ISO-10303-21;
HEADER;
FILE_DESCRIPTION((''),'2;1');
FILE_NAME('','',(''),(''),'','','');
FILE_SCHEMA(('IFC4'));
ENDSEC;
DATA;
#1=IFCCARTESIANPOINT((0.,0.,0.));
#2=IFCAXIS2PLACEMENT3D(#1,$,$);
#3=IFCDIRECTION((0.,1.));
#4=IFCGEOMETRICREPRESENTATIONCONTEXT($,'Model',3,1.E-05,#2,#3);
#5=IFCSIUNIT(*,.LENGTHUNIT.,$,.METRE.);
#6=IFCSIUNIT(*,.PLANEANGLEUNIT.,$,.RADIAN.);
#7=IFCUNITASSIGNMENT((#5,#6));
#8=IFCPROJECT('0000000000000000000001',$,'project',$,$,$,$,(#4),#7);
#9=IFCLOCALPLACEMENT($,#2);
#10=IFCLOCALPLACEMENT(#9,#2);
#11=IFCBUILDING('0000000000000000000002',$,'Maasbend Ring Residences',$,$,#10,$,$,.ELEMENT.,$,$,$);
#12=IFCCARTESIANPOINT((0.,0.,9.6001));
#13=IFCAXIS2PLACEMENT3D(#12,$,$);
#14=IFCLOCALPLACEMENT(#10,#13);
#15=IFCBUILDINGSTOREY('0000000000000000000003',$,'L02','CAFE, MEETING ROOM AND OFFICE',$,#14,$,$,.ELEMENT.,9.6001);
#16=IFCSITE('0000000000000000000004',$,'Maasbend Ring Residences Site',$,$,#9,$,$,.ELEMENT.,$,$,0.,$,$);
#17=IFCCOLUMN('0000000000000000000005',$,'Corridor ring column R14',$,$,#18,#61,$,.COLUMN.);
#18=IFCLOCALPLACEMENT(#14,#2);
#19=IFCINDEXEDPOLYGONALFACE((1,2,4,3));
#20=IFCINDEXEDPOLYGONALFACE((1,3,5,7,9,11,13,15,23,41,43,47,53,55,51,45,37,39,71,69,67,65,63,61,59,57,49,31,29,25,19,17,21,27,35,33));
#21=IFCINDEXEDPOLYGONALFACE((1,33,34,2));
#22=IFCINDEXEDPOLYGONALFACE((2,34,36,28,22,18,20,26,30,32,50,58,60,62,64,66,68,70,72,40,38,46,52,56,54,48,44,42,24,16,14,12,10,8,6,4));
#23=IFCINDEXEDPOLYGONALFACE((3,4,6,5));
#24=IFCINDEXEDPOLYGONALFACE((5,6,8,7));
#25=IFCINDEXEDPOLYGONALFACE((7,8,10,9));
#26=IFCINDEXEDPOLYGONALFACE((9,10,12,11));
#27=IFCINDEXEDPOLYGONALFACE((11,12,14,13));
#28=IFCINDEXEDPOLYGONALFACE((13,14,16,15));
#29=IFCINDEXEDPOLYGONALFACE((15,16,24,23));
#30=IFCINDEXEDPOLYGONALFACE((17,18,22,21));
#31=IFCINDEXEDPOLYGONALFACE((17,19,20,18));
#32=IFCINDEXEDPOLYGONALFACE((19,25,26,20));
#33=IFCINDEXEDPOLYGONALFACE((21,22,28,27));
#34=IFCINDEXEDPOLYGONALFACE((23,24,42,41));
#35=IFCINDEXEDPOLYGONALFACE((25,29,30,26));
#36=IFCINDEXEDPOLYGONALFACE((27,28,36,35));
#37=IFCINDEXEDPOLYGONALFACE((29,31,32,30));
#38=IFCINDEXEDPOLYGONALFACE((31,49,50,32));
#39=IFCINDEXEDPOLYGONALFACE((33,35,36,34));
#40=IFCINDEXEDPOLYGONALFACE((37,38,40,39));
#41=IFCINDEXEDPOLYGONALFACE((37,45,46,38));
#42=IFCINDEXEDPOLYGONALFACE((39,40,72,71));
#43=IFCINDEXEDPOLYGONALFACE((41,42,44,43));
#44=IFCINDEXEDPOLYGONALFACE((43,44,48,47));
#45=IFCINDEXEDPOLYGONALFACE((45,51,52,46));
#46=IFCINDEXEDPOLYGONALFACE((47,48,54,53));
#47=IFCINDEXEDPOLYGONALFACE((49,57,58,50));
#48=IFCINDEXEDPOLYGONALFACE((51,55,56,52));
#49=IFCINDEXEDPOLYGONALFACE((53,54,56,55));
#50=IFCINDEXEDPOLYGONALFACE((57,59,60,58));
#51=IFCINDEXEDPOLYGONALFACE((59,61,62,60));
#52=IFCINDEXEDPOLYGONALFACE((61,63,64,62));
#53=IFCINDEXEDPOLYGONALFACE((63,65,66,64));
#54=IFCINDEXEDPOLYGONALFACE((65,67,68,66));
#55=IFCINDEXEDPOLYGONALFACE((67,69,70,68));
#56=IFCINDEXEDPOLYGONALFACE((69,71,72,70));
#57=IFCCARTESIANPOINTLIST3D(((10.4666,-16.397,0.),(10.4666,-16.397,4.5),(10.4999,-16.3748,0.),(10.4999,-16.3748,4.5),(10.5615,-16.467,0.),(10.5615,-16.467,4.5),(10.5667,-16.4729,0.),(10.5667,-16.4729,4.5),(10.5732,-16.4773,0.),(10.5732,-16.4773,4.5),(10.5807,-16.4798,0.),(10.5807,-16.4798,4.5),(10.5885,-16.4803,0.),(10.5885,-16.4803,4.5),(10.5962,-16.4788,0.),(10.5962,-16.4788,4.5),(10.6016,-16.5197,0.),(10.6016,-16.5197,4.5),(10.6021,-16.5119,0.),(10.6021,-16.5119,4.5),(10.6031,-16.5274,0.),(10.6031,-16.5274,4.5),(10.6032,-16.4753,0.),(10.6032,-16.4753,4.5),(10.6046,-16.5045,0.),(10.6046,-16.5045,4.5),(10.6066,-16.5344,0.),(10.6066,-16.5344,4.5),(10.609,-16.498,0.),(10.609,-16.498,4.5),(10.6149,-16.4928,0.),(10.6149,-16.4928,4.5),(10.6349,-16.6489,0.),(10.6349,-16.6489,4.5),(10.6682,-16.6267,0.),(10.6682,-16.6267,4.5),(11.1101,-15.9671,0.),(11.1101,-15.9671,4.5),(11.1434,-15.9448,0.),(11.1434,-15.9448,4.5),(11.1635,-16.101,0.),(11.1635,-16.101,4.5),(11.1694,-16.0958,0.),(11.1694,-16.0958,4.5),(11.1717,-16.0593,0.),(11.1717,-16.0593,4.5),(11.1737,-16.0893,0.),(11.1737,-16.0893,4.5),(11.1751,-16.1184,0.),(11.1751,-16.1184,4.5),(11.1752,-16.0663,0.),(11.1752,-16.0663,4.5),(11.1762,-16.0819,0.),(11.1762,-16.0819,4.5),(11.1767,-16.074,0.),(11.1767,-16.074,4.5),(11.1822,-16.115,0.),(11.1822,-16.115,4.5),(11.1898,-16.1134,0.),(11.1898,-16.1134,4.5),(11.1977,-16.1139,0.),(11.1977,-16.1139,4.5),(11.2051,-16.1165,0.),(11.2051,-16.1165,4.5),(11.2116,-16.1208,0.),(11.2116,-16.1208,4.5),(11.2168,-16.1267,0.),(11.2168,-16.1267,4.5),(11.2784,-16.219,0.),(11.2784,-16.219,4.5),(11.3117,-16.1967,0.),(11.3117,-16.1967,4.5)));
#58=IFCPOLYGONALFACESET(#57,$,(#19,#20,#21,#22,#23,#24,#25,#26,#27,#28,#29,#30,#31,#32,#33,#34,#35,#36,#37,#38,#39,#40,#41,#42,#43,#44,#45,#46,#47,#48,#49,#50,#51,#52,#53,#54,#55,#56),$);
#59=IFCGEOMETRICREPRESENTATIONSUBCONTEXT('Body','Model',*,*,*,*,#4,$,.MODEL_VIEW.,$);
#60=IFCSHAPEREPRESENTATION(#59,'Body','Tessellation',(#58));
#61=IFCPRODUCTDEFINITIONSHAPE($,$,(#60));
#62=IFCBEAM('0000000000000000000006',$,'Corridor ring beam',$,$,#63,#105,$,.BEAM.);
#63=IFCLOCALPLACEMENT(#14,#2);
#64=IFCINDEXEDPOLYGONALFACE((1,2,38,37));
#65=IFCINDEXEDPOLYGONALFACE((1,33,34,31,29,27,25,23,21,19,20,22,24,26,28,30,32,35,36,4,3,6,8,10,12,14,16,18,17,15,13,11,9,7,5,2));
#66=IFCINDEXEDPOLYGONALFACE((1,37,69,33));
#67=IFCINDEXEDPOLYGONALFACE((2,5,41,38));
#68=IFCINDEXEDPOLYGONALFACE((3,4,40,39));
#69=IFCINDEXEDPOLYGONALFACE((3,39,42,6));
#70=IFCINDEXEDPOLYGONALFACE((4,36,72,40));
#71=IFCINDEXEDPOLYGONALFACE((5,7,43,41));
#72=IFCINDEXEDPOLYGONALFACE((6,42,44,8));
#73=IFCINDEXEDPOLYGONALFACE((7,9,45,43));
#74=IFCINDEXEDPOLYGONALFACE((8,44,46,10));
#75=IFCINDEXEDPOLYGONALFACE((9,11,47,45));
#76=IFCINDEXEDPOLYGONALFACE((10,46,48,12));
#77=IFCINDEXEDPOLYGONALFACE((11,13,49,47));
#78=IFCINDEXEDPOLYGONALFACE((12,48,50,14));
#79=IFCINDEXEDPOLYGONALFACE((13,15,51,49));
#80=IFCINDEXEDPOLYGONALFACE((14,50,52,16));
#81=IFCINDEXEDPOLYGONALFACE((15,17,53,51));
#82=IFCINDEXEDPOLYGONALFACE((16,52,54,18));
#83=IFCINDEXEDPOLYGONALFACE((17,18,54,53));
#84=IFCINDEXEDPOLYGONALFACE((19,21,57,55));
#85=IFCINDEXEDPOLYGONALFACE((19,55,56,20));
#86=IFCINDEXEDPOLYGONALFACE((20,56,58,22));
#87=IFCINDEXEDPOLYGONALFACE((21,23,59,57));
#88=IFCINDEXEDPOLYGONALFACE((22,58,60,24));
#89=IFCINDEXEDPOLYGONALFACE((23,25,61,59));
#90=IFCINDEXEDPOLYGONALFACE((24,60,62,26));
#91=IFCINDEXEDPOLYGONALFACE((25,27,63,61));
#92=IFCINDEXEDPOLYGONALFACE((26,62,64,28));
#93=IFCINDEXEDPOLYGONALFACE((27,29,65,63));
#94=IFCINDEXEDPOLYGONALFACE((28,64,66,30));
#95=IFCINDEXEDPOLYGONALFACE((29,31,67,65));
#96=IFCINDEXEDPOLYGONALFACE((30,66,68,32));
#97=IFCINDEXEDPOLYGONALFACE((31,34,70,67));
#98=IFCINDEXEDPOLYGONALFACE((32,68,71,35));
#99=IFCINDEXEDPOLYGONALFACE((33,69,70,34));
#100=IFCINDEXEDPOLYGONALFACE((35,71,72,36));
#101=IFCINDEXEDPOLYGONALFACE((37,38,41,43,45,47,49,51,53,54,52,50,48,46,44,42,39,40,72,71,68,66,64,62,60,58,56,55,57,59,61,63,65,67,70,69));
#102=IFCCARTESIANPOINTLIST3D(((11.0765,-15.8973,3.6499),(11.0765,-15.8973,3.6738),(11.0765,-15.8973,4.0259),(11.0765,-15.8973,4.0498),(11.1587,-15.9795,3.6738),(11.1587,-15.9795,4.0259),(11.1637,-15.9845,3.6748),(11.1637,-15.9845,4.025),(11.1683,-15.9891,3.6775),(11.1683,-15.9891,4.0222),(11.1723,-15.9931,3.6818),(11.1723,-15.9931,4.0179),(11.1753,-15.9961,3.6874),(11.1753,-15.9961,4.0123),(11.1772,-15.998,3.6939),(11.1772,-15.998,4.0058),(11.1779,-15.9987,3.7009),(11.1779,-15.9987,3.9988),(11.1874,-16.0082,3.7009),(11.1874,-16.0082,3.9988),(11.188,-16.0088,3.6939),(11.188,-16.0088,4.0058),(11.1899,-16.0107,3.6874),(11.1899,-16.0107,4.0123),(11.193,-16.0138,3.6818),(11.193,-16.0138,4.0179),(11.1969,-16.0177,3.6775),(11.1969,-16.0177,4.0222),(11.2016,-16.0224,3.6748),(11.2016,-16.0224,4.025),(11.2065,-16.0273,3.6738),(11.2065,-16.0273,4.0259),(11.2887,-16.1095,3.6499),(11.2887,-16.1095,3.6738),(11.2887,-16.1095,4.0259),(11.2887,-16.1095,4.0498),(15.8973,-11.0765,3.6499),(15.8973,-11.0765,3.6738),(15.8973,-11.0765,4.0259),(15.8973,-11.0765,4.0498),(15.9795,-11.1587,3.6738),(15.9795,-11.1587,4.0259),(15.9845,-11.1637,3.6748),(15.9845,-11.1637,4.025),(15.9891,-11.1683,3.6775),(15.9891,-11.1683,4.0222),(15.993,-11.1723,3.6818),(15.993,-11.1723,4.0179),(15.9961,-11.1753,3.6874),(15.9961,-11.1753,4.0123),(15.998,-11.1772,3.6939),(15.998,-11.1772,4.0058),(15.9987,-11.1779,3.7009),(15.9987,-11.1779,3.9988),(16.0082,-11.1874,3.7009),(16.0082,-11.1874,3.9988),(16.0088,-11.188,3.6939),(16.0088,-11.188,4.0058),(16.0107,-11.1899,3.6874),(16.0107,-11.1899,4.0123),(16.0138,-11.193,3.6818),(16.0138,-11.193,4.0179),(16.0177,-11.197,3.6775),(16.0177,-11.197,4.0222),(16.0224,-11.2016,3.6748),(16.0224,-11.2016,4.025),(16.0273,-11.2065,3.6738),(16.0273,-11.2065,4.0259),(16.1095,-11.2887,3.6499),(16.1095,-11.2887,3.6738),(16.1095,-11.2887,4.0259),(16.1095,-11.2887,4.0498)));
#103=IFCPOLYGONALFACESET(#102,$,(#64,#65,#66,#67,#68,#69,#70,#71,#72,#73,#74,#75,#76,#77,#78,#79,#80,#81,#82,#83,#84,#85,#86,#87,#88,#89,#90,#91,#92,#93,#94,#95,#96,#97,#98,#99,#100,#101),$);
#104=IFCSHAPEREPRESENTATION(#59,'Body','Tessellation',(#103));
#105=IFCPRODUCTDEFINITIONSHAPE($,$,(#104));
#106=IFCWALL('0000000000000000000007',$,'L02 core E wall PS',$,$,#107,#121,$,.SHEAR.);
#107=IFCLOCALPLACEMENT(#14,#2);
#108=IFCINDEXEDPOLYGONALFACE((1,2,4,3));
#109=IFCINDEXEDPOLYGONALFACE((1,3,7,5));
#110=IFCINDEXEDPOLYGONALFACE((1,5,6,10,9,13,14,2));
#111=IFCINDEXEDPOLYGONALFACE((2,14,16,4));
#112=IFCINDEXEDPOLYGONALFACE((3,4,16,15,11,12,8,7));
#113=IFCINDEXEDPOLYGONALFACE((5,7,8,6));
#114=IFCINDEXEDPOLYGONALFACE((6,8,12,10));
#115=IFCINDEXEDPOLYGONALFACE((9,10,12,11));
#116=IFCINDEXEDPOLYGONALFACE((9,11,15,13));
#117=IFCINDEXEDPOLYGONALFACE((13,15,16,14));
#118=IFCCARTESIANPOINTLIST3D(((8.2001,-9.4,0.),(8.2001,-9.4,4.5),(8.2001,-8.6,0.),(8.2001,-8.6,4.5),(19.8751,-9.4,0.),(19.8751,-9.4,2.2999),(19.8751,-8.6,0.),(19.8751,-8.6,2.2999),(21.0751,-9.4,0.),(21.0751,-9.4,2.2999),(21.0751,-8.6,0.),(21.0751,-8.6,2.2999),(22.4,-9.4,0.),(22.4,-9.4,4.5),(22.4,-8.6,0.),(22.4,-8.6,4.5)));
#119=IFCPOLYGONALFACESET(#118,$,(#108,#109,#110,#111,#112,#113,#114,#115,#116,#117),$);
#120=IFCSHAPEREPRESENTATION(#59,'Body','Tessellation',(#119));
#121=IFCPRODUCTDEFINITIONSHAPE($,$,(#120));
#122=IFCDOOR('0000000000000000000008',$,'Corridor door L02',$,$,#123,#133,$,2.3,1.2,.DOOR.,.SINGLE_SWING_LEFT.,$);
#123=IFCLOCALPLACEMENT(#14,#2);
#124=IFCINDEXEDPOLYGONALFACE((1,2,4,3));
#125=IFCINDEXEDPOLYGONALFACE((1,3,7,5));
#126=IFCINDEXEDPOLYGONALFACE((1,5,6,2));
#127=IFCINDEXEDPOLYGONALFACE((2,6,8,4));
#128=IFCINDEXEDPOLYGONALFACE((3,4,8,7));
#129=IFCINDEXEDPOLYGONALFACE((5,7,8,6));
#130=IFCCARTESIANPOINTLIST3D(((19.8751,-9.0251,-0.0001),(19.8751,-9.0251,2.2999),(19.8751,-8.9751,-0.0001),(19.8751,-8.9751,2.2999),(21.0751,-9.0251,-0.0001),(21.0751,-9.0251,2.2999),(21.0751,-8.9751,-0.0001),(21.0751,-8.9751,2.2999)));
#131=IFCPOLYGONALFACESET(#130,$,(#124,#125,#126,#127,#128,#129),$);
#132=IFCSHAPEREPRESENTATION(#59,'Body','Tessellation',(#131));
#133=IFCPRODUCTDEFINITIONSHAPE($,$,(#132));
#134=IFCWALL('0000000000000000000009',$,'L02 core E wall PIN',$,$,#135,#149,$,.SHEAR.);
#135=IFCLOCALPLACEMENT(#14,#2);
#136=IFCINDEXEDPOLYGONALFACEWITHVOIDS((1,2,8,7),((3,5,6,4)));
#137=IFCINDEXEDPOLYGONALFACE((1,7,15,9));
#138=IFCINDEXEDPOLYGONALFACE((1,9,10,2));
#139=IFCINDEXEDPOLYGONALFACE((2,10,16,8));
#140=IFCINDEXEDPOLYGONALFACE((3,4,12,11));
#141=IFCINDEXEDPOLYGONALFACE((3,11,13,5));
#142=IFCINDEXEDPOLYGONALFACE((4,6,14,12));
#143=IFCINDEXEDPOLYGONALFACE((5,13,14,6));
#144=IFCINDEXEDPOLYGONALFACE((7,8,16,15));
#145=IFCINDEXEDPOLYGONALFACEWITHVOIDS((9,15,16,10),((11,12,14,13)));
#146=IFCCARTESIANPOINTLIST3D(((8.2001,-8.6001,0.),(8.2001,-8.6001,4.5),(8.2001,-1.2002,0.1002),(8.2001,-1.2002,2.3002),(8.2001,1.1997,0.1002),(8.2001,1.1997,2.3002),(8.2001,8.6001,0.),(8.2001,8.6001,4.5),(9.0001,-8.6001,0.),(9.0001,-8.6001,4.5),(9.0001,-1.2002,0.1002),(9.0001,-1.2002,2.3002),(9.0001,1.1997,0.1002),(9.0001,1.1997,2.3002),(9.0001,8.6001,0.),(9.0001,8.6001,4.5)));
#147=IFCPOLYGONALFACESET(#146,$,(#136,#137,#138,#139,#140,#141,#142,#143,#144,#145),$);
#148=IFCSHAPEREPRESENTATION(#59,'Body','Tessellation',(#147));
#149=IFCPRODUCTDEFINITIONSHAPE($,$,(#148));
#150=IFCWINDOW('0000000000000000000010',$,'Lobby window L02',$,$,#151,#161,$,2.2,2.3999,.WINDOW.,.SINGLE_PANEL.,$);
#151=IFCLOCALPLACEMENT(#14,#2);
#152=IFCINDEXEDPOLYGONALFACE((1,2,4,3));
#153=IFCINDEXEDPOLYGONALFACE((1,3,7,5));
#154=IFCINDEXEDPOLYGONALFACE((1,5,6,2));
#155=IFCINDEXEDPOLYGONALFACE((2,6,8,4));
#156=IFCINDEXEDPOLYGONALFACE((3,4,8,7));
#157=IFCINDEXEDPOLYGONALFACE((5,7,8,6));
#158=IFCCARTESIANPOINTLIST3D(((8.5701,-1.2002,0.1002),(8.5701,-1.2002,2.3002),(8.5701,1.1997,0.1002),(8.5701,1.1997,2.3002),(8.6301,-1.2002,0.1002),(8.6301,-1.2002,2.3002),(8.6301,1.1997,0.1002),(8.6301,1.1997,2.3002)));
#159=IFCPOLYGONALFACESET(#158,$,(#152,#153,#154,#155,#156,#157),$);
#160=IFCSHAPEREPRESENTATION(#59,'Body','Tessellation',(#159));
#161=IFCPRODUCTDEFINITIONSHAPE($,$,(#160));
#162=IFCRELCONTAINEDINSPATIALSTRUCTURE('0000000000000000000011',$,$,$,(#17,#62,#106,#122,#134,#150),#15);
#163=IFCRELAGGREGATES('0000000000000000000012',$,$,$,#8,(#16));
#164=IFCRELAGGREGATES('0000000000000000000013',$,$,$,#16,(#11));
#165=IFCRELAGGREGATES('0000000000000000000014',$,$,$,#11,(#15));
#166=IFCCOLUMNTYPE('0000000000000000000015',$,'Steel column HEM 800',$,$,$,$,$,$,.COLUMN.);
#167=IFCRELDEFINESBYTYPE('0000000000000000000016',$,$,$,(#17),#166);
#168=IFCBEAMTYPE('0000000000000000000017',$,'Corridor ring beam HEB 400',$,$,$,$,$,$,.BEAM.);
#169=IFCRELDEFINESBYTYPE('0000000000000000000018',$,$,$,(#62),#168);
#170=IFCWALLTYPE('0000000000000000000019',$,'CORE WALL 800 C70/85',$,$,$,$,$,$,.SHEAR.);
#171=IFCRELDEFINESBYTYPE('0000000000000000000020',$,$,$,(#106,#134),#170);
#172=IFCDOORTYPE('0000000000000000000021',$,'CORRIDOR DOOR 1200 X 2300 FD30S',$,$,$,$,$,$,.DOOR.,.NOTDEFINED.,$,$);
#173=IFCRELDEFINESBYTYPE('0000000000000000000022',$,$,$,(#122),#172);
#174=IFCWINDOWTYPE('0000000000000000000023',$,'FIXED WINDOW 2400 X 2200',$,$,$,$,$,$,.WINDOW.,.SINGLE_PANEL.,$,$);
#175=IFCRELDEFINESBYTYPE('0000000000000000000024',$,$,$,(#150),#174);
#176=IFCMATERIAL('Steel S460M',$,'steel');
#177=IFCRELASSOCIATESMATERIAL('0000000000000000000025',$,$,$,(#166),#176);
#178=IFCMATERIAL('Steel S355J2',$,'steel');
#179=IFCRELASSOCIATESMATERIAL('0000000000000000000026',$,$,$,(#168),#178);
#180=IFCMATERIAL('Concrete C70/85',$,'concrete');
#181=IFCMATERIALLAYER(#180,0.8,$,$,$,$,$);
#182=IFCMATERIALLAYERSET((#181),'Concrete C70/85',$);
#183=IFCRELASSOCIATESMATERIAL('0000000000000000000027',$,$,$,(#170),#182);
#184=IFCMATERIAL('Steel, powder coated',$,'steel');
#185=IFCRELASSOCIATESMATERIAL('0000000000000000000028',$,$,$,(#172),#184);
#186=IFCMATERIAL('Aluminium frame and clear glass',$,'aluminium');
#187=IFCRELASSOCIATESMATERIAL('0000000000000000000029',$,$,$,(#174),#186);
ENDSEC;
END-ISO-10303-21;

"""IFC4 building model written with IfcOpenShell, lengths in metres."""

from ifc_helpers import new_model, si_unit, direction, frame, frame_2d, origin, origin_2d, place, context, subcontext, project, spatial, rectangle, i_section, extrude, material, layer, layer_set, material_profile, profile_set, type_object, element, fill, save


model = new_model("IFC4")

# Units and contexts
model_context = context("Model", 3, precision=1e-05, world=origin(), true_north=direction((0.0, 1.0)))
body_context = subcontext(model_context, "Body", "Model", "MODEL_VIEW")
ifc_project = project(units=[si_unit("LENGTHUNIT", "METRE"), si_unit("PLANEANGLEUNIT", "RADIAN")], contexts=[model_context])

# Site, building, storey
site_placement = place(None, origin())
site = spatial("IfcSite", under=ifc_project, at=site_placement, Name="Maasbend Ring Residences Site", CompositionType="ELEMENT", RefElevation=0.0)
building_placement = place(site_placement, origin())
building = spatial("IfcBuilding", under=site, at=building_placement, Name="Maasbend Ring Residences", CompositionType="ELEMENT")
storey_placement = place(building_placement, frame((0.0, 0.0, 9.6001)))
storey = spatial("IfcBuildingStorey", under=building, at=storey_placement, Name="L02", Description="CAFE, MEETING ROOM AND OFFICE", CompositionType="ELEMENT", Elevation=9.6001)

# Column
ifc_material_1 = material(Name="Steel S460M", Category="steel")
ifc_material_profile_1 = material_profile(ifc_material_1, i_section(OverallWidth=0.303, OverallDepth=0.814, WebThickness=0.021, FlangeThickness=0.04, FilletRadius=0.03, at=origin_2d()), Name="HEM 800")
ifc_profile_set_1 = profile_set([ifc_material_profile_1], Name="Steel S460M")
column_type = type_object("IfcColumnType", Name="Steel column HEM 800", PredefinedType="COLUMN", material=ifc_profile_set_1)
column_placement = place(storey_placement, frame((10.8892, -16.2969, 0.0), z_axis=(0.0, 0.0, 1.0), x_axis=(0.55557, -0.83147, 0.0)))
element("IfcColumn", 1, at=column_placement, inside=storey, type_object=column_type, Name="Corridor ring column R14", PredefinedType="COLUMN", context=body_context, shape_type="SweptSolid", body=[
    extrude(i_section(OverallWidth=0.303, OverallDepth=0.814, WebThickness=0.021, FlangeThickness=0.04, FilletRadius=0.03, at=origin_2d()), origin(), (0.0, 0.0, 1.0), 4.5),
])

# Beam
ifc_material_2 = material(Name="Steel S355J2", Category="steel")
ifc_material_profile_2 = material_profile(ifc_material_2, i_section(OverallWidth=0.3, OverallDepth=0.3999, WebThickness=0.0134, FlangeThickness=0.0239, FilletRadius=0.0271, at=origin_2d()), Name="HEB 400")
ifc_profile_set_2 = profile_set([ifc_material_profile_2], Name="Steel S355J2")
beam_type = type_object("IfcBeamType", Name="Corridor ring beam HEB 400", PredefinedType="BEAM", material=ifc_profile_set_2)
beam_placement = place(storey_placement, frame((11.1826, -16.0034, 3.8499), z_axis=(0.707107, 0.707107, 0.0), x_axis=(-0.707107, 0.707107, 0.0)))
element("IfcBeam", 2, at=beam_placement, inside=storey, type_object=beam_type, Name="Corridor ring beam", PredefinedType="BEAM", context=body_context, shape_type="SweptSolid", body=[
    extrude(i_section(OverallWidth=0.3, OverallDepth=0.3999, WebThickness=0.0134, FlangeThickness=0.0239, FilletRadius=0.0271, at=origin_2d()), origin(), (0.0, 0.0, 1.0), 6.8176),
])

# Wall, opening, door
ifc_material_3 = material(Name="Concrete C70/85", Category="concrete")
ifc_layer_1 = layer(ifc_material_3, 0.8)
ifc_layer_set_1 = layer_set([ifc_layer_1], Name="Concrete C70/85")
wall_type_1 = type_object("IfcWallType", Name="CORE WALL 800 C70/85", PredefinedType="SHEAR", material=ifc_layer_set_1)
wall_1_placement = place(storey_placement, frame((8.2, -9.0, 0.0), z_axis=(0.0, 0.0, 1.0), x_axis=(1.0, 0.0, 0.0)))
wall_1 = element("IfcWall", 3, at=wall_1_placement, inside=storey, type_object=wall_type_1, Name="L02 core E wall PS", PredefinedType="SHEAR", context=body_context, shape_type="SweptSolid", body=[
    extrude(rectangle(XDim=14.2, YDim=0.8, at=frame_2d((7.1001, 0.0))), origin(), (0.0, 0.0, 1.0), 4.5),
])
opening_1_placement = place(wall_1_placement, frame((11.675, 0.0, 0.0)))
opening_1 = element("IfcOpeningElement", 4, at=opening_1_placement, cuts=wall_1, PredefinedType="OPENING", context=body_context, shape_type="SweptSolid", body=[
    extrude(rectangle(XDim=1.2, YDim=2.3, at=frame_2d((0.6001, 1.1499))), frame((0.0, 0.4102, 0.0), z_axis=(0.0, -1.0, 0.0), x_axis=(1.0, 0.0, 0.0)), (0.0, 0.0, 1.0), 0.8201),
])
ifc_material_4 = material(Name="Steel, powder coated", Category="steel")
door_type_1 = type_object("IfcDoorType", Name="CORRIDOR DOOR 1200 X 2300 FD30S", OperationType="NOTDEFINED", PredefinedType="DOOR", material=ifc_material_4)
door_1_placement = place(opening_1_placement, origin())
door_1 = element("IfcDoor", 5, at=door_1_placement, inside=storey, type_object=door_type_1, Name="Corridor door L02", OperationType="SINGLE_SWING_LEFT", OverallHeight=2.3, OverallWidth=1.2, PredefinedType="DOOR", context=body_context, shape_type="SweptSolid", body=[
    extrude(rectangle(XDim=1.2, YDim=2.3, at=frame_2d((0.6001, 1.1499))), frame((0.0, 0.0249, 0.0), z_axis=(0.0, -1.0, 0.0), x_axis=(1.0, 0.0, 0.0)), (0.0, 0.0, 1.0), 0.05),
])
fill(opening_1, door_1)

# Wall, opening, window
wall_2_placement = place(storey_placement, frame((8.6001, -8.6001, 0.0), z_axis=(0.0, 0.0, 1.0), x_axis=(0.0, 1.0, 0.0)))
wall_2 = element("IfcWall", 6, at=wall_2_placement, inside=storey, type_object=wall_type_1, Name="L02 core E wall PIN", PredefinedType="SHEAR", context=body_context, shape_type="SweptSolid", body=[
    extrude(rectangle(XDim=17.2002, YDim=0.8, at=frame_2d((8.6001, 0.0))), origin(), (0.0, 0.0, 1.0), 4.5),
])
opening_2_placement = place(wall_2_placement, frame((7.3999, 0.0, 0.1001)))
opening_2 = element("IfcOpeningElement", 7, at=opening_2_placement, cuts=wall_2, PredefinedType="OPENING", context=body_context, shape_type="SweptSolid", body=[
    extrude(rectangle(XDim=2.3999, YDim=2.2, at=frame_2d((1.2, 1.1001))), frame((0.0, 0.4102, 0.0), z_axis=(0.0, -1.0, 0.0), x_axis=(1.0, 0.0, 0.0)), (0.0, 0.0, 1.0), 0.8201),
])
ifc_material_5 = material(Name="Aluminium frame and clear glass", Category="aluminium")
window_type = type_object("IfcWindowType", Name="FIXED WINDOW 2400 X 2200", PartitioningType="SINGLE_PANEL", PredefinedType="WINDOW", material=ifc_material_5)
window_placement = place(opening_2_placement, origin())
window = element("IfcWindow", 8, at=window_placement, inside=storey, type_object=window_type, Name="Lobby window L02", OverallHeight=2.2, OverallWidth=2.3999, PartitioningType="SINGLE_PANEL", PredefinedType="WINDOW", context=body_context, shape_type="SweptSolid", body=[
    extrude(rectangle(XDim=2.3999, YDim=2.2, at=frame_2d((1.2, 1.1001))), frame((0.0, 0.03, 0.0), z_axis=(0.0, -1.0, 0.0), x_axis=(1.0, 0.0, 0.0)), (0.0, 0.0, 1.0), 0.0601),
])
fill(opening_2, window)

save(model, "model.ifc")
